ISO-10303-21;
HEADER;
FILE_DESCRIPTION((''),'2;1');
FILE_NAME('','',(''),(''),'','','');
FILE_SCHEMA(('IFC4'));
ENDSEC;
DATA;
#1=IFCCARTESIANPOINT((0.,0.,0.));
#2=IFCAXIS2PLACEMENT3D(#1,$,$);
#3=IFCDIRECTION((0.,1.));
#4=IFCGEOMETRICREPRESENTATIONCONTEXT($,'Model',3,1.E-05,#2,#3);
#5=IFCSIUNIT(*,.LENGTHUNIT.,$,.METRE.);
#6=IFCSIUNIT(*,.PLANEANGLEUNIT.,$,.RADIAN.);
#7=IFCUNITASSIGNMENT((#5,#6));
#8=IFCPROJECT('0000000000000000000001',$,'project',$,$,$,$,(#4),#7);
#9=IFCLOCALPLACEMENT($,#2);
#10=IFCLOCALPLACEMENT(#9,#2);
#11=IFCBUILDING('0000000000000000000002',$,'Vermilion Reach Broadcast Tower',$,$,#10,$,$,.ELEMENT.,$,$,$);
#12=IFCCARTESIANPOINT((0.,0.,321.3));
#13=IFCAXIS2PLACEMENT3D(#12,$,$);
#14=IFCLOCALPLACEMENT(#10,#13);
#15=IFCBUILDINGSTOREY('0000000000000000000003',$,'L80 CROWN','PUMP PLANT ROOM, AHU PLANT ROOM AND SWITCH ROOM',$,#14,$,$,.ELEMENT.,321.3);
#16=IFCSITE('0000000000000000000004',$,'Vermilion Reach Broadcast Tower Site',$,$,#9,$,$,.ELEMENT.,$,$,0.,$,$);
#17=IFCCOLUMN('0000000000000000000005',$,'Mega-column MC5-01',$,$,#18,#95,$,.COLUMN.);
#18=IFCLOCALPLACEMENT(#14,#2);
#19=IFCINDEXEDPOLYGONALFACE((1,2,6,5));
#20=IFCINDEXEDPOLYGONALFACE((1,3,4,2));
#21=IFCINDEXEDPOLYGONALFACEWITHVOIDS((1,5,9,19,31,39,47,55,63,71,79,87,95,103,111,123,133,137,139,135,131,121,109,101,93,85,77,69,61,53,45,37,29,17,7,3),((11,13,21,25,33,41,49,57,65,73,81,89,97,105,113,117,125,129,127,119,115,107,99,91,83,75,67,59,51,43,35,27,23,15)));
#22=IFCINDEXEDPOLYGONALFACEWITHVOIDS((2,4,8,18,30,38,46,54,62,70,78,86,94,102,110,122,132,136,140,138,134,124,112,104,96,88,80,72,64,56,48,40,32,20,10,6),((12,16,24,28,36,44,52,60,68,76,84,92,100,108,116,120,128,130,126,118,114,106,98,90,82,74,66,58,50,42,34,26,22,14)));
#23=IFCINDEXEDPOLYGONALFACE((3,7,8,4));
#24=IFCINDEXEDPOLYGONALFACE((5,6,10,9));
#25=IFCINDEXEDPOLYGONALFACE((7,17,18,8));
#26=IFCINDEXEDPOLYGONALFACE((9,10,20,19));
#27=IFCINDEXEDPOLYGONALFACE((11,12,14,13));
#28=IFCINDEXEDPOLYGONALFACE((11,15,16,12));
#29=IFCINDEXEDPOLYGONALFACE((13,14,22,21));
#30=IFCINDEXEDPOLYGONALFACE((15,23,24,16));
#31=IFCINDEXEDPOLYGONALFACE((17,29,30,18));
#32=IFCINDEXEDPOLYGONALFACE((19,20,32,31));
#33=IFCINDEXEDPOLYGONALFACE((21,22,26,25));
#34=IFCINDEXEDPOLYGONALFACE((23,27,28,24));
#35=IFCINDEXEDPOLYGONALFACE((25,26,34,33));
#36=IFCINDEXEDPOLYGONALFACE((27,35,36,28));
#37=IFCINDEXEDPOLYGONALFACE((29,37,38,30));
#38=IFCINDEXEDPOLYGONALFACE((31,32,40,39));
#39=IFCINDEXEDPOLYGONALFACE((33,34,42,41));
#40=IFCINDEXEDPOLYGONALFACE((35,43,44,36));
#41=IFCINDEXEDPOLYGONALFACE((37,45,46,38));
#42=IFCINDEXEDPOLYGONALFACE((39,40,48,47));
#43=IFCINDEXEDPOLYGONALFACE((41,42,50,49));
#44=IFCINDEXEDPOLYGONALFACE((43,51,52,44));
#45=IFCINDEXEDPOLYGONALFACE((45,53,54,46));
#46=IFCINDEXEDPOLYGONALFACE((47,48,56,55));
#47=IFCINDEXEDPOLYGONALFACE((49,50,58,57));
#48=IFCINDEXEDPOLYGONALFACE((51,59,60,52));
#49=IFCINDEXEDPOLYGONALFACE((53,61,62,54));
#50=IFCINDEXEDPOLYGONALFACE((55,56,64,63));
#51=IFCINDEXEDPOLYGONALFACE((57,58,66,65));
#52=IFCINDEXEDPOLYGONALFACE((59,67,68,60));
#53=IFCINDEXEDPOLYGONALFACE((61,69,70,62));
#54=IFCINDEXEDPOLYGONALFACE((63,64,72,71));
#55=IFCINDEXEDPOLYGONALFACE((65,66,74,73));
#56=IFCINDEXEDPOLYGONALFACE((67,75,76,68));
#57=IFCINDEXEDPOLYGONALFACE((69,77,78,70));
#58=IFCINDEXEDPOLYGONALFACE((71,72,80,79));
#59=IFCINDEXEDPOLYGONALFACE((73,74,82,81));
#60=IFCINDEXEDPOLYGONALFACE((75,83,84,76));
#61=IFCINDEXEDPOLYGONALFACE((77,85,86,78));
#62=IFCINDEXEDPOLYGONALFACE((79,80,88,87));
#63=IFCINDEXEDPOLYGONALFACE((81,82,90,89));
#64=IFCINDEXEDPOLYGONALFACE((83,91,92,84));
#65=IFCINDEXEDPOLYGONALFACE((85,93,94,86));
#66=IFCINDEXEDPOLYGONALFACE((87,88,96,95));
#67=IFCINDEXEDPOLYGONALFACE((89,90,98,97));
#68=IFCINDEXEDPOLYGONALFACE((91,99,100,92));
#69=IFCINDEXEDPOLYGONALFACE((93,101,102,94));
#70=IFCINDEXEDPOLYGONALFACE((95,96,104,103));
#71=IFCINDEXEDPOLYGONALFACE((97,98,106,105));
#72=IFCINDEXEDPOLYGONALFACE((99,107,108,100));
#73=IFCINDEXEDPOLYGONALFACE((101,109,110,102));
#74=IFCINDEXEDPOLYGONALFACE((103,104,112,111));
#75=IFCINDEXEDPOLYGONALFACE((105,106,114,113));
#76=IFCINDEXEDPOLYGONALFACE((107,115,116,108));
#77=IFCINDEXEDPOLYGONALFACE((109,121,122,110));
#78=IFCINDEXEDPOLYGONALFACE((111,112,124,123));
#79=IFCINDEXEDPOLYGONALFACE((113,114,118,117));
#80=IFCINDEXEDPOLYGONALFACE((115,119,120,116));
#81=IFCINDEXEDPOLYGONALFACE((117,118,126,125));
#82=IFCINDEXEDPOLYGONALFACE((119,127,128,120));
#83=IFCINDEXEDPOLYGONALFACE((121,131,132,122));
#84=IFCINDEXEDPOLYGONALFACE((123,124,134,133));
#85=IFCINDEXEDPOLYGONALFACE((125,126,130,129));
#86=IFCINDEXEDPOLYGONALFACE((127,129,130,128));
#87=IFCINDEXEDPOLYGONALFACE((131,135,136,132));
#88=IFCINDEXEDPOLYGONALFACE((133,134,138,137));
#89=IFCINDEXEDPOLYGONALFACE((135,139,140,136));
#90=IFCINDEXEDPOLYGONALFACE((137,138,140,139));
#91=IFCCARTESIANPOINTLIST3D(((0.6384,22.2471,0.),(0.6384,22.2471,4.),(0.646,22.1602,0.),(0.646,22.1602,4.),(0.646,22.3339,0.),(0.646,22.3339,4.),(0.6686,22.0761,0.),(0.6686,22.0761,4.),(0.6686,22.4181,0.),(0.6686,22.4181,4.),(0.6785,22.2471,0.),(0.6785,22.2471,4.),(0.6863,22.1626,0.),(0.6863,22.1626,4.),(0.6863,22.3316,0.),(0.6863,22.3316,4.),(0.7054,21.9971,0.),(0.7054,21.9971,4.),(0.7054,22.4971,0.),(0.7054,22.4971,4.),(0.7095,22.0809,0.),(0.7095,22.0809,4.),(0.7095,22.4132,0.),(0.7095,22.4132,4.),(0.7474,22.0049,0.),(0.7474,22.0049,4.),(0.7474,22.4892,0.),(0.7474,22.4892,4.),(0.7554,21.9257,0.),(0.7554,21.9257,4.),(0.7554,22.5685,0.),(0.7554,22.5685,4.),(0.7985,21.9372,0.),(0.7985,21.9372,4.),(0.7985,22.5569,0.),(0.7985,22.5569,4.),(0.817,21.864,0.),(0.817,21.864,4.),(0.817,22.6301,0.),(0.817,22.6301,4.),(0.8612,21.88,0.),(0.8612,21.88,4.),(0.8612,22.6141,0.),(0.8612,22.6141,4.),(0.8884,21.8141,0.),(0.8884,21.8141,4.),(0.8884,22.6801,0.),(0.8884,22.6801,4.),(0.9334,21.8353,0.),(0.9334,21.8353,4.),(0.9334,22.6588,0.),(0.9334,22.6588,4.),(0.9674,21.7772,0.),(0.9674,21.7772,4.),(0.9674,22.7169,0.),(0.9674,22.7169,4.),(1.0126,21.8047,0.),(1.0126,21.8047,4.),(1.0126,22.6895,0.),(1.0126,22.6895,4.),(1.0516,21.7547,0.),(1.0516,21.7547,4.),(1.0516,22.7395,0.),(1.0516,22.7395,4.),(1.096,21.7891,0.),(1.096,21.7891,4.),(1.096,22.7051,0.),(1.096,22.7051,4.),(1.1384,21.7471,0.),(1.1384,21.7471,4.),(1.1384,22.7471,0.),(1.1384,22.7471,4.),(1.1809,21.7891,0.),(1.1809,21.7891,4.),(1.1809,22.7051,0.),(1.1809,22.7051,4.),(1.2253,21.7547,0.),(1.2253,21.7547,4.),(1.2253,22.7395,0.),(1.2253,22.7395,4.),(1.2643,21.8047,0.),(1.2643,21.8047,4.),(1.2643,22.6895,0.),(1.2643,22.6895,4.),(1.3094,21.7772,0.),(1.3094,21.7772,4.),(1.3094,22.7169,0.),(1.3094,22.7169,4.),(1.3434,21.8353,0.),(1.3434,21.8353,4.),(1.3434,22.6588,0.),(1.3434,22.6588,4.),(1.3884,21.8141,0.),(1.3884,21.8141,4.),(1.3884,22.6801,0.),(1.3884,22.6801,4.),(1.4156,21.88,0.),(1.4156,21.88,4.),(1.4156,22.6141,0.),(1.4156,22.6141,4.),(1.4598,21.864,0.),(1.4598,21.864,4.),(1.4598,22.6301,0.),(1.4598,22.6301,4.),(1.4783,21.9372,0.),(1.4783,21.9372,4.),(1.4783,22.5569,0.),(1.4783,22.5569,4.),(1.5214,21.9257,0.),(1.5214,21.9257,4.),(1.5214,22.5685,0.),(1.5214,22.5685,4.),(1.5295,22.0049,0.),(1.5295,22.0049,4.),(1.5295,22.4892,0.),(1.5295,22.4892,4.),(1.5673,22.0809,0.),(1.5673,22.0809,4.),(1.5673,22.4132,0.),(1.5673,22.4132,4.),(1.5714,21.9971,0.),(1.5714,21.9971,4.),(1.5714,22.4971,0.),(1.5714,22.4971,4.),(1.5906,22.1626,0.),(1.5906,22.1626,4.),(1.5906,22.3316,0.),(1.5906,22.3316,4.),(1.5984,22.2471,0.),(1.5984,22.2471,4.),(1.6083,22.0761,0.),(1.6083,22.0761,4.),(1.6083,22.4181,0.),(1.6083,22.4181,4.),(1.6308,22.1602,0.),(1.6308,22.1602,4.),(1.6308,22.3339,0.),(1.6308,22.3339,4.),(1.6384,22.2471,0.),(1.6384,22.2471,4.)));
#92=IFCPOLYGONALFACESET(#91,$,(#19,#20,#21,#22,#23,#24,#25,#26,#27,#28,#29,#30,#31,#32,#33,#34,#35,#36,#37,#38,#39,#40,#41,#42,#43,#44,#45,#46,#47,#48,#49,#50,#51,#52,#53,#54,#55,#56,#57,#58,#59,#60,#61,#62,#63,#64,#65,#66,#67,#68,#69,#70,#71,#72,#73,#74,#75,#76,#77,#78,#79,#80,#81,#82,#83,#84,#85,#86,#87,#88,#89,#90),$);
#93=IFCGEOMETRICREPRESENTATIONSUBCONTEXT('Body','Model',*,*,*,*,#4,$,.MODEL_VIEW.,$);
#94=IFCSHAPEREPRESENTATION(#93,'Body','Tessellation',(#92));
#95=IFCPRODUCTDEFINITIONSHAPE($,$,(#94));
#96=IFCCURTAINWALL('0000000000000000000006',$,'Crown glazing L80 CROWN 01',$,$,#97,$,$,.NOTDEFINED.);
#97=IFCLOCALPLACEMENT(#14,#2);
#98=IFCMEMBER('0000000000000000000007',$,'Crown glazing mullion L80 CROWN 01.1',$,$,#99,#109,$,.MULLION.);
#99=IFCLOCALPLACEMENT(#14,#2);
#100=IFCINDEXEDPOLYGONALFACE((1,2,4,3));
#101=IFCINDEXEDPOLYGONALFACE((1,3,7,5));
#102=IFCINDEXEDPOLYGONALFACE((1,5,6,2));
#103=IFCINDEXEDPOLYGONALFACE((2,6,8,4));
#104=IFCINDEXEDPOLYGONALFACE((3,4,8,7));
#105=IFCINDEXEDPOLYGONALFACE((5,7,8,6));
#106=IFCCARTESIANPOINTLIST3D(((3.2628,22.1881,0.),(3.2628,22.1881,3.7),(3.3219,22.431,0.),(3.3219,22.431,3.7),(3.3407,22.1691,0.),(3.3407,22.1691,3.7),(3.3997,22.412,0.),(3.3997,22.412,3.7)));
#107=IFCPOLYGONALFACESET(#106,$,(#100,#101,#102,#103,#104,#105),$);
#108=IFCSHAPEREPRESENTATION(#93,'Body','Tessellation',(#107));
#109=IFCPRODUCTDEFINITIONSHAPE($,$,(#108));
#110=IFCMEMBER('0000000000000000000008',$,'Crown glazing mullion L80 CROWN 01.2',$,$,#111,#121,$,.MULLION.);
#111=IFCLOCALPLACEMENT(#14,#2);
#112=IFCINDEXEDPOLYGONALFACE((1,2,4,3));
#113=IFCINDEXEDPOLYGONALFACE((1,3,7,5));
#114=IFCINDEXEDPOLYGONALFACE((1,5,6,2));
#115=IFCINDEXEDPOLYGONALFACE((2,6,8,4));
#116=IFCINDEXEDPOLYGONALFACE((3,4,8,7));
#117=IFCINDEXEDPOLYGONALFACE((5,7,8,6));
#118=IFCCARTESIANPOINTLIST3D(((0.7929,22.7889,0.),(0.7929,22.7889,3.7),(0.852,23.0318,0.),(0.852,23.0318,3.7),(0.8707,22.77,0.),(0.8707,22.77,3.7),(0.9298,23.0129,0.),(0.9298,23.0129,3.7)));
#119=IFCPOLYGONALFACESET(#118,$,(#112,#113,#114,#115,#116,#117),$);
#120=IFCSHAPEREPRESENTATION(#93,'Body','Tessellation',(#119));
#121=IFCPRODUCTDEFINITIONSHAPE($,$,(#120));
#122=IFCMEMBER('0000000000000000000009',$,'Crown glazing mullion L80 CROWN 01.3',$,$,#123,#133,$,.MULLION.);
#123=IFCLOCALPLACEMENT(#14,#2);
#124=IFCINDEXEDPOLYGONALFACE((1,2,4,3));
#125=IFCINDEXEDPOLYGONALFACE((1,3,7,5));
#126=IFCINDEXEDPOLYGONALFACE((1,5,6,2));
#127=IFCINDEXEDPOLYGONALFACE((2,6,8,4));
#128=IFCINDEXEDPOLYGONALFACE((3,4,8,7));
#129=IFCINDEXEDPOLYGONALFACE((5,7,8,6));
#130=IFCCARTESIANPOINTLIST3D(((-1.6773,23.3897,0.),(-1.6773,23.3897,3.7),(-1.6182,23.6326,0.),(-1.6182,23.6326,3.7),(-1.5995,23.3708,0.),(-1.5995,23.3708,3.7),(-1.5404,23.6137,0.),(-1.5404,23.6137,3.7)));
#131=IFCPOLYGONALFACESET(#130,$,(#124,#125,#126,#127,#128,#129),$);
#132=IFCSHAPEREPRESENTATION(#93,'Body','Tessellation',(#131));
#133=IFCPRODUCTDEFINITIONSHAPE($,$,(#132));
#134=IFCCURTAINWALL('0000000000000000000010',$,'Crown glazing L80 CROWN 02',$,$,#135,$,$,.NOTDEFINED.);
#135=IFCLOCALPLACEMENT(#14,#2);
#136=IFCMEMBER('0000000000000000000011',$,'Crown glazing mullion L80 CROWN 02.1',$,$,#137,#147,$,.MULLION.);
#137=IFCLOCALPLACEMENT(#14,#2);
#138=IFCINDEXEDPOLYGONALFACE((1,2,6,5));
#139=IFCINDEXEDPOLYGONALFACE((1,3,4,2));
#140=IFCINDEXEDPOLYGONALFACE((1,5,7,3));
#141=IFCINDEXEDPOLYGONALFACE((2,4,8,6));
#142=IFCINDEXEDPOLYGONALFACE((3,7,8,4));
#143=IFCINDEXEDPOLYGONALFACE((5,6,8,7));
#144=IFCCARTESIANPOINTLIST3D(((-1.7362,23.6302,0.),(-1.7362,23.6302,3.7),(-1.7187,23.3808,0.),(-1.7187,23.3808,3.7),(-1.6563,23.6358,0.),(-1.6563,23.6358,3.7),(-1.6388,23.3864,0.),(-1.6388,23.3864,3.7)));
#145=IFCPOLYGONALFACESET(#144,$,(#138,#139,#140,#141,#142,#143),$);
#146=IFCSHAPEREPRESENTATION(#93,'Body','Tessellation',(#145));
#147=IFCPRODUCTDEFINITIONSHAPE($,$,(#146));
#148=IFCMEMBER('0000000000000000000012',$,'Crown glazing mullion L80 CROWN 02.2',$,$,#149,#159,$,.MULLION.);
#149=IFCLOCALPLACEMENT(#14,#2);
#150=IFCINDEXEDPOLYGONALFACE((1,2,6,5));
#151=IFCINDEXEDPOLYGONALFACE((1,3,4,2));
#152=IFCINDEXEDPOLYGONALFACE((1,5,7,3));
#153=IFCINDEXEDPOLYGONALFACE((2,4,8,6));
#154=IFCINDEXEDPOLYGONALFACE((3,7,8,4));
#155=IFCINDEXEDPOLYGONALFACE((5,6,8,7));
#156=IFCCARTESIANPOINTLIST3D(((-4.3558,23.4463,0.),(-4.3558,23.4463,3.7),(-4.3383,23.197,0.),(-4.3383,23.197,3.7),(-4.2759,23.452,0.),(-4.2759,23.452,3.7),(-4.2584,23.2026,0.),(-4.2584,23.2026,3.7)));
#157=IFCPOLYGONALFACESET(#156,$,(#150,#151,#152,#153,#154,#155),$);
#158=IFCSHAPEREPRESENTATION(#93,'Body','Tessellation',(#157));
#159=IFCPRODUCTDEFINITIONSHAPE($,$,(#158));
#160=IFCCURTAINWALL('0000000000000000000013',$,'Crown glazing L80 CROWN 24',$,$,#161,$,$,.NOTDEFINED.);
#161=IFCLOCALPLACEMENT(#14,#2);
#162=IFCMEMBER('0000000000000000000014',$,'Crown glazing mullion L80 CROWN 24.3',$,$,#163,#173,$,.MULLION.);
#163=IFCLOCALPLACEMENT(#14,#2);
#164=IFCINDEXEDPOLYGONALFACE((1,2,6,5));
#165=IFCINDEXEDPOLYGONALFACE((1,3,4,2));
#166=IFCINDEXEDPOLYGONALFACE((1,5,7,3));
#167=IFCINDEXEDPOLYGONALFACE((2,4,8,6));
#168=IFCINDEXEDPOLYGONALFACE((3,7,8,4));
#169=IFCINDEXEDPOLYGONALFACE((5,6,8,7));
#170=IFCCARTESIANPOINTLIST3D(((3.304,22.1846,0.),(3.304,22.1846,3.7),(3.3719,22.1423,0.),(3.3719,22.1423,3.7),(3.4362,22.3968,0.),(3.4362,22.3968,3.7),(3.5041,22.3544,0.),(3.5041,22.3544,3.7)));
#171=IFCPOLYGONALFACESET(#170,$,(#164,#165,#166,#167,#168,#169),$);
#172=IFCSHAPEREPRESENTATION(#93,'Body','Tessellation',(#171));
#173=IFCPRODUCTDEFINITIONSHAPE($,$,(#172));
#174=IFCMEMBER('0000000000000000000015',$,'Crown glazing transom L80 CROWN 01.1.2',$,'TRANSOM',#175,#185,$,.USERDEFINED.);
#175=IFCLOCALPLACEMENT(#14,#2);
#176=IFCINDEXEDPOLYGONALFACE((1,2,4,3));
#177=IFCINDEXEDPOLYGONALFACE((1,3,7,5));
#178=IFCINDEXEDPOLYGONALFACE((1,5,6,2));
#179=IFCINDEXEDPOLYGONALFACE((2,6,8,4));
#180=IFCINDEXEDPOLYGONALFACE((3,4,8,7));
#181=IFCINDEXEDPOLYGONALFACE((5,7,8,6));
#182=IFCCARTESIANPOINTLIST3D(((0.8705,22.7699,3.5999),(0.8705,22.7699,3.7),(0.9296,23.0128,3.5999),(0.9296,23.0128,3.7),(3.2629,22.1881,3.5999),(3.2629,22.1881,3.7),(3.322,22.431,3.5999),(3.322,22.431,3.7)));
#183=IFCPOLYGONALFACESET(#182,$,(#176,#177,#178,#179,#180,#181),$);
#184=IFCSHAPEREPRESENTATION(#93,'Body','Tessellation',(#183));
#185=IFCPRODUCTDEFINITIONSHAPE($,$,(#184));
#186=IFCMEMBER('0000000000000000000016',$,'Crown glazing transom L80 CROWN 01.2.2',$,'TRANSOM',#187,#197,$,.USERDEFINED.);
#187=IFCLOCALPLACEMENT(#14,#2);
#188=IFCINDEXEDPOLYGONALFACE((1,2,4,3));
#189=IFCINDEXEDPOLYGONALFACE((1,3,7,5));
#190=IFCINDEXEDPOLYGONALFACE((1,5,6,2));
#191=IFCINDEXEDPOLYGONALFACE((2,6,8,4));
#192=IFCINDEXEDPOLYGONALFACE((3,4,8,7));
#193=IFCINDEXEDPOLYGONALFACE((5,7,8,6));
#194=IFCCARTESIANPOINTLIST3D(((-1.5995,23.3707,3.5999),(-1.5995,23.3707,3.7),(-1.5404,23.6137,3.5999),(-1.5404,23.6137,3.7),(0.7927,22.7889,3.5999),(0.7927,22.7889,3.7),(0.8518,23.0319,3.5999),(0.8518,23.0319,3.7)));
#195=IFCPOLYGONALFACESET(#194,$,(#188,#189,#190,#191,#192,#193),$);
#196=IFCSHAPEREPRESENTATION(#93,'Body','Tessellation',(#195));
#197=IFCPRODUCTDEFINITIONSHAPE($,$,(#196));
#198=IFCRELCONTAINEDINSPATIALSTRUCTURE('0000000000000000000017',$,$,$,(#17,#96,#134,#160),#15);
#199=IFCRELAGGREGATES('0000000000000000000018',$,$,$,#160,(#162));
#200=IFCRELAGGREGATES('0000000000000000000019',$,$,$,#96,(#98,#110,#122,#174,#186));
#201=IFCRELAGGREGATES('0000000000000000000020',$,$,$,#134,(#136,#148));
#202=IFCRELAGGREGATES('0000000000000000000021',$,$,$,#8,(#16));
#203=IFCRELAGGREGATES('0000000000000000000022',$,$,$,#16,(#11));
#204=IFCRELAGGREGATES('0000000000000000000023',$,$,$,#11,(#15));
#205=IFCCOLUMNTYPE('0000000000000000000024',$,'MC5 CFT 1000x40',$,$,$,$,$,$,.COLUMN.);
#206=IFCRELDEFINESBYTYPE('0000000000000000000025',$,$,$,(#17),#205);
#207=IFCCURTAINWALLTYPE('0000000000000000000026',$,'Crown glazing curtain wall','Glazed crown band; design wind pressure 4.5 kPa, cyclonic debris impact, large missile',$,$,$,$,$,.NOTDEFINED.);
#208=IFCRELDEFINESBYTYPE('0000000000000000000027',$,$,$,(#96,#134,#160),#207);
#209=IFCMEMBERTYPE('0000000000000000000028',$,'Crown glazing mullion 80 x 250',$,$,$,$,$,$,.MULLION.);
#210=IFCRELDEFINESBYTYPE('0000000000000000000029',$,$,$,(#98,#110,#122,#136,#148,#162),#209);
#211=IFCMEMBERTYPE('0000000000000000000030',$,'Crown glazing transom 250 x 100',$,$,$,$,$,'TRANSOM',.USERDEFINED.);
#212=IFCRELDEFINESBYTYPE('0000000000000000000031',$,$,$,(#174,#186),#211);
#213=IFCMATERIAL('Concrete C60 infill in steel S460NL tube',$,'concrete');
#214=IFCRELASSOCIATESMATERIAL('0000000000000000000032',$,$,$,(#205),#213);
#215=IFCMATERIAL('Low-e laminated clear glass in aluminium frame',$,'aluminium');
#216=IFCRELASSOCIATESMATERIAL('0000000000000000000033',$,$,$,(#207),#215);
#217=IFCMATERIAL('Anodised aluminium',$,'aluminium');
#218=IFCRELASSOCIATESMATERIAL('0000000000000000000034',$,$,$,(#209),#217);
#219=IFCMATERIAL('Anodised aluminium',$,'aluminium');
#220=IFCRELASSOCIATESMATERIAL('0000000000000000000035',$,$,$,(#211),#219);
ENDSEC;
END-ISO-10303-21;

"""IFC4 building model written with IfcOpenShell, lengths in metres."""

from ifc_helpers import new_model, si_unit, direction, frame, origin, origin_2d, place, context, subcontext, project, spatial, rectangle, hollow_circle, extrude, material, material_profile, profile_set, type_object, element, aggregate, save


model = new_model("IFC4")

# Units and contexts
model_context = context("Model", 3, precision=1e-05, world=origin(), true_north=direction((0.0, 1.0)))
body_context = subcontext(model_context, "Body", "Model", "MODEL_VIEW")
ifc_project = project(units=[si_unit("LENGTHUNIT", "METRE"), si_unit("PLANEANGLEUNIT", "RADIAN")], contexts=[model_context])

# Site, building, storey
site_placement = place(None, origin())
site = spatial("IfcSite", under=ifc_project, at=site_placement, Name="Vermilion Reach Broadcast Tower Site", CompositionType="ELEMENT", RefElevation=0.0)
building_placement = place(site_placement, origin())
building = spatial("IfcBuilding", under=site, at=building_placement, Name="Vermilion Reach Broadcast Tower", CompositionType="ELEMENT")
storey_placement = place(building_placement, frame((0.0, 0.0, 321.3)))
storey = spatial("IfcBuildingStorey", under=building, at=storey_placement, Name="L80 CROWN", Description="PUMP PLANT ROOM, AHU PLANT ROOM AND SWITCH ROOM", CompositionType="ELEMENT", Elevation=321.3)

# Column
ifc_material_1 = material(Name="Concrete C60 infill in steel S460NL tube", Category="concrete")
ifc_material_profile_1 = material_profile(ifc_material_1, hollow_circle(Radius=0.5, WallThickness=0.04, at=origin_2d()), Name="Concrete C60 infill in steel S460NL tube CFT 1000x40")
ifc_profile_set_1 = profile_set([ifc_material_profile_1], Name="Concrete C60 infill in steel S460NL tube")
column_type = type_object("IfcColumnType", Name="MC5 CFT 1000x40", PredefinedType="COLUMN", material=ifc_profile_set_1)
column_placement = place(storey_placement, frame((1.1384, 22.2471, 0.0), z_axis=(0.0, 0.0, 1.0), x_axis=(1.0, 0.0, 0.0)))
element("IfcColumn", 1, at=column_placement, inside=storey, type_object=column_type, Name="Mega-column MC5-01", PredefinedType="COLUMN", context=body_context, shape_type="SweptSolid", body=[
    extrude(hollow_circle(Radius=0.5, WallThickness=0.04, at=origin_2d()), origin(), (0.0, 0.0, 1.0), 4.0),
])

# Curtain walls, members
ifc_material_2 = material(Name="Low-e laminated clear glass in aluminium frame", Category="aluminium")
curtain_wall_type = type_object("IfcCurtainWallType", Name="Crown glazing curtain wall", Description="Glazed crown band; design wind pressure 4.5 kPa, cyclonic debris impact, large missile", PredefinedType="NOTDEFINED", material=ifc_material_2)
placement = place(storey_placement, origin())
curtain_wall_1 = element("IfcCurtainWall", 2, at=placement, inside=storey, type_object=curtain_wall_type, Name="Crown glazing L80 CROWN 01", PredefinedType="NOTDEFINED")
ifc_material_3 = material(Name="Anodised aluminium", Category="aluminium")
ifc_material_profile_2 = material_profile(ifc_material_3, rectangle(XDim=0.25, YDim=0.0801, at=origin_2d()), Name="Crown glazing mullion 80 x 250")
ifc_profile_set_2 = profile_set([ifc_material_profile_2], Name="Anodised aluminium")
member_type_1 = type_object("IfcMemberType", Name="Crown glazing mullion 80 x 250", PredefinedType="MULLION", material=ifc_profile_set_2)
member_1_placement = place(storey_placement, frame((3.3313, 22.3, 0.0), z_axis=(0.0, 0.0, 1.0), x_axis=(-0.236354, -0.971667, 0.0)))
member_1 = element("IfcMember", 3, at=member_1_placement, type_object=member_type_1, Name="Crown glazing mullion L80 CROWN 01.1", PredefinedType="MULLION", context=body_context, shape_type="SweptSolid", body=[
    extrude(rectangle(XDim=0.25, YDim=0.0801, at=origin_2d()), origin(), (0.0, 0.0, 1.0), 3.7),
])
member_2_placement = place(storey_placement, frame((0.8613, 22.9009, 0.0), z_axis=(0.0, 0.0, 1.0), x_axis=(-0.236354, -0.971667, 0.0)))
member_2 = element("IfcMember", 4, at=member_2_placement, type_object=member_type_1, Name="Crown glazing mullion L80 CROWN 01.2", PredefinedType="MULLION", context=body_context, shape_type="SweptSolid", body=[
    extrude(rectangle(XDim=0.25, YDim=0.0801, at=origin_2d()), origin(), (0.0, 0.0, 1.0), 3.7),
])
member_3_placement = place(storey_placement, frame((-1.6089, 23.5017, 0.0), z_axis=(0.0, 0.0, 1.0), x_axis=(-0.236354, -0.971667, 0.0)))
member_3 = element("IfcMember", 5, at=member_3_placement, type_object=member_type_1, Name="Crown glazing mullion L80 CROWN 01.3", PredefinedType="MULLION", context=body_context, shape_type="SweptSolid", body=[
    extrude(rectangle(XDim=0.25, YDim=0.0801, at=origin_2d()), origin(), (0.0, 0.0, 1.0), 3.7),
])
curtain_wall_2 = element("IfcCurtainWall", 6, at=placement, inside=storey, type_object=curtain_wall_type, Name="Crown glazing L80 CROWN 02", PredefinedType="NOTDEFINED")
member_4_placement = place(storey_placement, frame((-1.6875, 23.5083, 0.0), z_axis=(0.0, 0.0, 1.0), x_axis=(0.070082, -0.997541, 0.0)))
member_4 = element("IfcMember", 7, at=member_4_placement, type_object=member_type_1, Name="Crown glazing mullion L80 CROWN 02.1", PredefinedType="MULLION", context=body_context, shape_type="SweptSolid", body=[
    extrude(rectangle(XDim=0.25, YDim=0.0801, at=origin_2d()), origin(), (0.0, 0.0, 1.0), 3.7),
])
member_5_placement = place(storey_placement, frame((-4.3071, 23.3245, 0.0), z_axis=(0.0, 0.0, 1.0), x_axis=(0.070082, -0.997541, 0.0)))
member_5 = element("IfcMember", 8, at=member_5_placement, type_object=member_type_1, Name="Crown glazing mullion L80 CROWN 02.2", PredefinedType="MULLION", context=body_context, shape_type="SweptSolid", body=[
    extrude(rectangle(XDim=0.25, YDim=0.0801, at=origin_2d()), origin(), (0.0, 0.0, 1.0), 3.7),
])

# Curtain wall, member
curtain_wall_3 = element("IfcCurtainWall", 9, at=placement, inside=storey, type_object=curtain_wall_type, Name="Crown glazing L80 CROWN 24", PredefinedType="NOTDEFINED")
member_6_placement = place(storey_placement, frame((3.4041, 22.2695, 0.0), z_axis=(0.0, 0.0, 1.0), x_axis=(-0.528861, -0.848708, 0.0)))
member_6 = element("IfcMember", 10, at=member_6_placement, type_object=member_type_1, Name="Crown glazing mullion L80 CROWN 24.3", PredefinedType="MULLION", context=body_context, shape_type="SweptSolid", body=[
    extrude(rectangle(XDim=0.25, YDim=0.0801, at=origin_2d()), origin(), (0.0, 0.0, 1.0), 3.7),
])
aggregate(curtain_wall_3, [member_6])

# Members
ifc_material_4 = material(Name="Anodised aluminium", Category="aluminium")
ifc_material_profile_3 = material_profile(ifc_material_4, rectangle(XDim=0.25, YDim=0.1001, at=origin_2d()), Name="Crown glazing transom 250 x 100")
ifc_profile_set_3 = profile_set([ifc_material_profile_3], Name="Anodised aluminium")
member_type_2 = type_object("IfcMemberType", Name="Crown glazing transom 250 x 100", ElementType="TRANSOM", PredefinedType="USERDEFINED", material=ifc_profile_set_3)
member_7_placement = place(storey_placement, frame((3.2925, 22.3096, 3.6499), z_axis=(-0.97168, 0.236301, 0.0), x_axis=(-0.236301, -0.97168, 0.0)))
member_7 = element("IfcMember", 11, at=member_7_placement, type_object=member_type_2, Name="Crown glazing transom L80 CROWN 01.1.2", ObjectType="TRANSOM", PredefinedType="USERDEFINED", context=body_context, shape_type="SweptSolid", body=[
    extrude(rectangle(XDim=0.25, YDim=0.1001, at=origin_2d()), origin(), (0.0, 0.0, 1.0), 2.4622),
])
member_8_placement = place(storey_placement, frame((0.8223, 22.9104, 3.6499), z_axis=(-0.971674, 0.236324, 0.0), x_axis=(-0.236324, -0.971674, 0.0)))
member_8 = element("IfcMember", 12, at=member_8_placement, type_object=member_type_2, Name="Crown glazing transom L80 CROWN 01.2.2", ObjectType="TRANSOM", PredefinedType="USERDEFINED", context=body_context, shape_type="SweptSolid", body=[
    extrude(rectangle(XDim=0.25, YDim=0.1001, at=origin_2d()), origin(), (0.0, 0.0, 1.0), 2.4619),
])

aggregate(curtain_wall_1, [member_1, member_2, member_3, member_7, member_8])
aggregate(curtain_wall_2, [member_4, member_5])

save(model, "model.ifc")
